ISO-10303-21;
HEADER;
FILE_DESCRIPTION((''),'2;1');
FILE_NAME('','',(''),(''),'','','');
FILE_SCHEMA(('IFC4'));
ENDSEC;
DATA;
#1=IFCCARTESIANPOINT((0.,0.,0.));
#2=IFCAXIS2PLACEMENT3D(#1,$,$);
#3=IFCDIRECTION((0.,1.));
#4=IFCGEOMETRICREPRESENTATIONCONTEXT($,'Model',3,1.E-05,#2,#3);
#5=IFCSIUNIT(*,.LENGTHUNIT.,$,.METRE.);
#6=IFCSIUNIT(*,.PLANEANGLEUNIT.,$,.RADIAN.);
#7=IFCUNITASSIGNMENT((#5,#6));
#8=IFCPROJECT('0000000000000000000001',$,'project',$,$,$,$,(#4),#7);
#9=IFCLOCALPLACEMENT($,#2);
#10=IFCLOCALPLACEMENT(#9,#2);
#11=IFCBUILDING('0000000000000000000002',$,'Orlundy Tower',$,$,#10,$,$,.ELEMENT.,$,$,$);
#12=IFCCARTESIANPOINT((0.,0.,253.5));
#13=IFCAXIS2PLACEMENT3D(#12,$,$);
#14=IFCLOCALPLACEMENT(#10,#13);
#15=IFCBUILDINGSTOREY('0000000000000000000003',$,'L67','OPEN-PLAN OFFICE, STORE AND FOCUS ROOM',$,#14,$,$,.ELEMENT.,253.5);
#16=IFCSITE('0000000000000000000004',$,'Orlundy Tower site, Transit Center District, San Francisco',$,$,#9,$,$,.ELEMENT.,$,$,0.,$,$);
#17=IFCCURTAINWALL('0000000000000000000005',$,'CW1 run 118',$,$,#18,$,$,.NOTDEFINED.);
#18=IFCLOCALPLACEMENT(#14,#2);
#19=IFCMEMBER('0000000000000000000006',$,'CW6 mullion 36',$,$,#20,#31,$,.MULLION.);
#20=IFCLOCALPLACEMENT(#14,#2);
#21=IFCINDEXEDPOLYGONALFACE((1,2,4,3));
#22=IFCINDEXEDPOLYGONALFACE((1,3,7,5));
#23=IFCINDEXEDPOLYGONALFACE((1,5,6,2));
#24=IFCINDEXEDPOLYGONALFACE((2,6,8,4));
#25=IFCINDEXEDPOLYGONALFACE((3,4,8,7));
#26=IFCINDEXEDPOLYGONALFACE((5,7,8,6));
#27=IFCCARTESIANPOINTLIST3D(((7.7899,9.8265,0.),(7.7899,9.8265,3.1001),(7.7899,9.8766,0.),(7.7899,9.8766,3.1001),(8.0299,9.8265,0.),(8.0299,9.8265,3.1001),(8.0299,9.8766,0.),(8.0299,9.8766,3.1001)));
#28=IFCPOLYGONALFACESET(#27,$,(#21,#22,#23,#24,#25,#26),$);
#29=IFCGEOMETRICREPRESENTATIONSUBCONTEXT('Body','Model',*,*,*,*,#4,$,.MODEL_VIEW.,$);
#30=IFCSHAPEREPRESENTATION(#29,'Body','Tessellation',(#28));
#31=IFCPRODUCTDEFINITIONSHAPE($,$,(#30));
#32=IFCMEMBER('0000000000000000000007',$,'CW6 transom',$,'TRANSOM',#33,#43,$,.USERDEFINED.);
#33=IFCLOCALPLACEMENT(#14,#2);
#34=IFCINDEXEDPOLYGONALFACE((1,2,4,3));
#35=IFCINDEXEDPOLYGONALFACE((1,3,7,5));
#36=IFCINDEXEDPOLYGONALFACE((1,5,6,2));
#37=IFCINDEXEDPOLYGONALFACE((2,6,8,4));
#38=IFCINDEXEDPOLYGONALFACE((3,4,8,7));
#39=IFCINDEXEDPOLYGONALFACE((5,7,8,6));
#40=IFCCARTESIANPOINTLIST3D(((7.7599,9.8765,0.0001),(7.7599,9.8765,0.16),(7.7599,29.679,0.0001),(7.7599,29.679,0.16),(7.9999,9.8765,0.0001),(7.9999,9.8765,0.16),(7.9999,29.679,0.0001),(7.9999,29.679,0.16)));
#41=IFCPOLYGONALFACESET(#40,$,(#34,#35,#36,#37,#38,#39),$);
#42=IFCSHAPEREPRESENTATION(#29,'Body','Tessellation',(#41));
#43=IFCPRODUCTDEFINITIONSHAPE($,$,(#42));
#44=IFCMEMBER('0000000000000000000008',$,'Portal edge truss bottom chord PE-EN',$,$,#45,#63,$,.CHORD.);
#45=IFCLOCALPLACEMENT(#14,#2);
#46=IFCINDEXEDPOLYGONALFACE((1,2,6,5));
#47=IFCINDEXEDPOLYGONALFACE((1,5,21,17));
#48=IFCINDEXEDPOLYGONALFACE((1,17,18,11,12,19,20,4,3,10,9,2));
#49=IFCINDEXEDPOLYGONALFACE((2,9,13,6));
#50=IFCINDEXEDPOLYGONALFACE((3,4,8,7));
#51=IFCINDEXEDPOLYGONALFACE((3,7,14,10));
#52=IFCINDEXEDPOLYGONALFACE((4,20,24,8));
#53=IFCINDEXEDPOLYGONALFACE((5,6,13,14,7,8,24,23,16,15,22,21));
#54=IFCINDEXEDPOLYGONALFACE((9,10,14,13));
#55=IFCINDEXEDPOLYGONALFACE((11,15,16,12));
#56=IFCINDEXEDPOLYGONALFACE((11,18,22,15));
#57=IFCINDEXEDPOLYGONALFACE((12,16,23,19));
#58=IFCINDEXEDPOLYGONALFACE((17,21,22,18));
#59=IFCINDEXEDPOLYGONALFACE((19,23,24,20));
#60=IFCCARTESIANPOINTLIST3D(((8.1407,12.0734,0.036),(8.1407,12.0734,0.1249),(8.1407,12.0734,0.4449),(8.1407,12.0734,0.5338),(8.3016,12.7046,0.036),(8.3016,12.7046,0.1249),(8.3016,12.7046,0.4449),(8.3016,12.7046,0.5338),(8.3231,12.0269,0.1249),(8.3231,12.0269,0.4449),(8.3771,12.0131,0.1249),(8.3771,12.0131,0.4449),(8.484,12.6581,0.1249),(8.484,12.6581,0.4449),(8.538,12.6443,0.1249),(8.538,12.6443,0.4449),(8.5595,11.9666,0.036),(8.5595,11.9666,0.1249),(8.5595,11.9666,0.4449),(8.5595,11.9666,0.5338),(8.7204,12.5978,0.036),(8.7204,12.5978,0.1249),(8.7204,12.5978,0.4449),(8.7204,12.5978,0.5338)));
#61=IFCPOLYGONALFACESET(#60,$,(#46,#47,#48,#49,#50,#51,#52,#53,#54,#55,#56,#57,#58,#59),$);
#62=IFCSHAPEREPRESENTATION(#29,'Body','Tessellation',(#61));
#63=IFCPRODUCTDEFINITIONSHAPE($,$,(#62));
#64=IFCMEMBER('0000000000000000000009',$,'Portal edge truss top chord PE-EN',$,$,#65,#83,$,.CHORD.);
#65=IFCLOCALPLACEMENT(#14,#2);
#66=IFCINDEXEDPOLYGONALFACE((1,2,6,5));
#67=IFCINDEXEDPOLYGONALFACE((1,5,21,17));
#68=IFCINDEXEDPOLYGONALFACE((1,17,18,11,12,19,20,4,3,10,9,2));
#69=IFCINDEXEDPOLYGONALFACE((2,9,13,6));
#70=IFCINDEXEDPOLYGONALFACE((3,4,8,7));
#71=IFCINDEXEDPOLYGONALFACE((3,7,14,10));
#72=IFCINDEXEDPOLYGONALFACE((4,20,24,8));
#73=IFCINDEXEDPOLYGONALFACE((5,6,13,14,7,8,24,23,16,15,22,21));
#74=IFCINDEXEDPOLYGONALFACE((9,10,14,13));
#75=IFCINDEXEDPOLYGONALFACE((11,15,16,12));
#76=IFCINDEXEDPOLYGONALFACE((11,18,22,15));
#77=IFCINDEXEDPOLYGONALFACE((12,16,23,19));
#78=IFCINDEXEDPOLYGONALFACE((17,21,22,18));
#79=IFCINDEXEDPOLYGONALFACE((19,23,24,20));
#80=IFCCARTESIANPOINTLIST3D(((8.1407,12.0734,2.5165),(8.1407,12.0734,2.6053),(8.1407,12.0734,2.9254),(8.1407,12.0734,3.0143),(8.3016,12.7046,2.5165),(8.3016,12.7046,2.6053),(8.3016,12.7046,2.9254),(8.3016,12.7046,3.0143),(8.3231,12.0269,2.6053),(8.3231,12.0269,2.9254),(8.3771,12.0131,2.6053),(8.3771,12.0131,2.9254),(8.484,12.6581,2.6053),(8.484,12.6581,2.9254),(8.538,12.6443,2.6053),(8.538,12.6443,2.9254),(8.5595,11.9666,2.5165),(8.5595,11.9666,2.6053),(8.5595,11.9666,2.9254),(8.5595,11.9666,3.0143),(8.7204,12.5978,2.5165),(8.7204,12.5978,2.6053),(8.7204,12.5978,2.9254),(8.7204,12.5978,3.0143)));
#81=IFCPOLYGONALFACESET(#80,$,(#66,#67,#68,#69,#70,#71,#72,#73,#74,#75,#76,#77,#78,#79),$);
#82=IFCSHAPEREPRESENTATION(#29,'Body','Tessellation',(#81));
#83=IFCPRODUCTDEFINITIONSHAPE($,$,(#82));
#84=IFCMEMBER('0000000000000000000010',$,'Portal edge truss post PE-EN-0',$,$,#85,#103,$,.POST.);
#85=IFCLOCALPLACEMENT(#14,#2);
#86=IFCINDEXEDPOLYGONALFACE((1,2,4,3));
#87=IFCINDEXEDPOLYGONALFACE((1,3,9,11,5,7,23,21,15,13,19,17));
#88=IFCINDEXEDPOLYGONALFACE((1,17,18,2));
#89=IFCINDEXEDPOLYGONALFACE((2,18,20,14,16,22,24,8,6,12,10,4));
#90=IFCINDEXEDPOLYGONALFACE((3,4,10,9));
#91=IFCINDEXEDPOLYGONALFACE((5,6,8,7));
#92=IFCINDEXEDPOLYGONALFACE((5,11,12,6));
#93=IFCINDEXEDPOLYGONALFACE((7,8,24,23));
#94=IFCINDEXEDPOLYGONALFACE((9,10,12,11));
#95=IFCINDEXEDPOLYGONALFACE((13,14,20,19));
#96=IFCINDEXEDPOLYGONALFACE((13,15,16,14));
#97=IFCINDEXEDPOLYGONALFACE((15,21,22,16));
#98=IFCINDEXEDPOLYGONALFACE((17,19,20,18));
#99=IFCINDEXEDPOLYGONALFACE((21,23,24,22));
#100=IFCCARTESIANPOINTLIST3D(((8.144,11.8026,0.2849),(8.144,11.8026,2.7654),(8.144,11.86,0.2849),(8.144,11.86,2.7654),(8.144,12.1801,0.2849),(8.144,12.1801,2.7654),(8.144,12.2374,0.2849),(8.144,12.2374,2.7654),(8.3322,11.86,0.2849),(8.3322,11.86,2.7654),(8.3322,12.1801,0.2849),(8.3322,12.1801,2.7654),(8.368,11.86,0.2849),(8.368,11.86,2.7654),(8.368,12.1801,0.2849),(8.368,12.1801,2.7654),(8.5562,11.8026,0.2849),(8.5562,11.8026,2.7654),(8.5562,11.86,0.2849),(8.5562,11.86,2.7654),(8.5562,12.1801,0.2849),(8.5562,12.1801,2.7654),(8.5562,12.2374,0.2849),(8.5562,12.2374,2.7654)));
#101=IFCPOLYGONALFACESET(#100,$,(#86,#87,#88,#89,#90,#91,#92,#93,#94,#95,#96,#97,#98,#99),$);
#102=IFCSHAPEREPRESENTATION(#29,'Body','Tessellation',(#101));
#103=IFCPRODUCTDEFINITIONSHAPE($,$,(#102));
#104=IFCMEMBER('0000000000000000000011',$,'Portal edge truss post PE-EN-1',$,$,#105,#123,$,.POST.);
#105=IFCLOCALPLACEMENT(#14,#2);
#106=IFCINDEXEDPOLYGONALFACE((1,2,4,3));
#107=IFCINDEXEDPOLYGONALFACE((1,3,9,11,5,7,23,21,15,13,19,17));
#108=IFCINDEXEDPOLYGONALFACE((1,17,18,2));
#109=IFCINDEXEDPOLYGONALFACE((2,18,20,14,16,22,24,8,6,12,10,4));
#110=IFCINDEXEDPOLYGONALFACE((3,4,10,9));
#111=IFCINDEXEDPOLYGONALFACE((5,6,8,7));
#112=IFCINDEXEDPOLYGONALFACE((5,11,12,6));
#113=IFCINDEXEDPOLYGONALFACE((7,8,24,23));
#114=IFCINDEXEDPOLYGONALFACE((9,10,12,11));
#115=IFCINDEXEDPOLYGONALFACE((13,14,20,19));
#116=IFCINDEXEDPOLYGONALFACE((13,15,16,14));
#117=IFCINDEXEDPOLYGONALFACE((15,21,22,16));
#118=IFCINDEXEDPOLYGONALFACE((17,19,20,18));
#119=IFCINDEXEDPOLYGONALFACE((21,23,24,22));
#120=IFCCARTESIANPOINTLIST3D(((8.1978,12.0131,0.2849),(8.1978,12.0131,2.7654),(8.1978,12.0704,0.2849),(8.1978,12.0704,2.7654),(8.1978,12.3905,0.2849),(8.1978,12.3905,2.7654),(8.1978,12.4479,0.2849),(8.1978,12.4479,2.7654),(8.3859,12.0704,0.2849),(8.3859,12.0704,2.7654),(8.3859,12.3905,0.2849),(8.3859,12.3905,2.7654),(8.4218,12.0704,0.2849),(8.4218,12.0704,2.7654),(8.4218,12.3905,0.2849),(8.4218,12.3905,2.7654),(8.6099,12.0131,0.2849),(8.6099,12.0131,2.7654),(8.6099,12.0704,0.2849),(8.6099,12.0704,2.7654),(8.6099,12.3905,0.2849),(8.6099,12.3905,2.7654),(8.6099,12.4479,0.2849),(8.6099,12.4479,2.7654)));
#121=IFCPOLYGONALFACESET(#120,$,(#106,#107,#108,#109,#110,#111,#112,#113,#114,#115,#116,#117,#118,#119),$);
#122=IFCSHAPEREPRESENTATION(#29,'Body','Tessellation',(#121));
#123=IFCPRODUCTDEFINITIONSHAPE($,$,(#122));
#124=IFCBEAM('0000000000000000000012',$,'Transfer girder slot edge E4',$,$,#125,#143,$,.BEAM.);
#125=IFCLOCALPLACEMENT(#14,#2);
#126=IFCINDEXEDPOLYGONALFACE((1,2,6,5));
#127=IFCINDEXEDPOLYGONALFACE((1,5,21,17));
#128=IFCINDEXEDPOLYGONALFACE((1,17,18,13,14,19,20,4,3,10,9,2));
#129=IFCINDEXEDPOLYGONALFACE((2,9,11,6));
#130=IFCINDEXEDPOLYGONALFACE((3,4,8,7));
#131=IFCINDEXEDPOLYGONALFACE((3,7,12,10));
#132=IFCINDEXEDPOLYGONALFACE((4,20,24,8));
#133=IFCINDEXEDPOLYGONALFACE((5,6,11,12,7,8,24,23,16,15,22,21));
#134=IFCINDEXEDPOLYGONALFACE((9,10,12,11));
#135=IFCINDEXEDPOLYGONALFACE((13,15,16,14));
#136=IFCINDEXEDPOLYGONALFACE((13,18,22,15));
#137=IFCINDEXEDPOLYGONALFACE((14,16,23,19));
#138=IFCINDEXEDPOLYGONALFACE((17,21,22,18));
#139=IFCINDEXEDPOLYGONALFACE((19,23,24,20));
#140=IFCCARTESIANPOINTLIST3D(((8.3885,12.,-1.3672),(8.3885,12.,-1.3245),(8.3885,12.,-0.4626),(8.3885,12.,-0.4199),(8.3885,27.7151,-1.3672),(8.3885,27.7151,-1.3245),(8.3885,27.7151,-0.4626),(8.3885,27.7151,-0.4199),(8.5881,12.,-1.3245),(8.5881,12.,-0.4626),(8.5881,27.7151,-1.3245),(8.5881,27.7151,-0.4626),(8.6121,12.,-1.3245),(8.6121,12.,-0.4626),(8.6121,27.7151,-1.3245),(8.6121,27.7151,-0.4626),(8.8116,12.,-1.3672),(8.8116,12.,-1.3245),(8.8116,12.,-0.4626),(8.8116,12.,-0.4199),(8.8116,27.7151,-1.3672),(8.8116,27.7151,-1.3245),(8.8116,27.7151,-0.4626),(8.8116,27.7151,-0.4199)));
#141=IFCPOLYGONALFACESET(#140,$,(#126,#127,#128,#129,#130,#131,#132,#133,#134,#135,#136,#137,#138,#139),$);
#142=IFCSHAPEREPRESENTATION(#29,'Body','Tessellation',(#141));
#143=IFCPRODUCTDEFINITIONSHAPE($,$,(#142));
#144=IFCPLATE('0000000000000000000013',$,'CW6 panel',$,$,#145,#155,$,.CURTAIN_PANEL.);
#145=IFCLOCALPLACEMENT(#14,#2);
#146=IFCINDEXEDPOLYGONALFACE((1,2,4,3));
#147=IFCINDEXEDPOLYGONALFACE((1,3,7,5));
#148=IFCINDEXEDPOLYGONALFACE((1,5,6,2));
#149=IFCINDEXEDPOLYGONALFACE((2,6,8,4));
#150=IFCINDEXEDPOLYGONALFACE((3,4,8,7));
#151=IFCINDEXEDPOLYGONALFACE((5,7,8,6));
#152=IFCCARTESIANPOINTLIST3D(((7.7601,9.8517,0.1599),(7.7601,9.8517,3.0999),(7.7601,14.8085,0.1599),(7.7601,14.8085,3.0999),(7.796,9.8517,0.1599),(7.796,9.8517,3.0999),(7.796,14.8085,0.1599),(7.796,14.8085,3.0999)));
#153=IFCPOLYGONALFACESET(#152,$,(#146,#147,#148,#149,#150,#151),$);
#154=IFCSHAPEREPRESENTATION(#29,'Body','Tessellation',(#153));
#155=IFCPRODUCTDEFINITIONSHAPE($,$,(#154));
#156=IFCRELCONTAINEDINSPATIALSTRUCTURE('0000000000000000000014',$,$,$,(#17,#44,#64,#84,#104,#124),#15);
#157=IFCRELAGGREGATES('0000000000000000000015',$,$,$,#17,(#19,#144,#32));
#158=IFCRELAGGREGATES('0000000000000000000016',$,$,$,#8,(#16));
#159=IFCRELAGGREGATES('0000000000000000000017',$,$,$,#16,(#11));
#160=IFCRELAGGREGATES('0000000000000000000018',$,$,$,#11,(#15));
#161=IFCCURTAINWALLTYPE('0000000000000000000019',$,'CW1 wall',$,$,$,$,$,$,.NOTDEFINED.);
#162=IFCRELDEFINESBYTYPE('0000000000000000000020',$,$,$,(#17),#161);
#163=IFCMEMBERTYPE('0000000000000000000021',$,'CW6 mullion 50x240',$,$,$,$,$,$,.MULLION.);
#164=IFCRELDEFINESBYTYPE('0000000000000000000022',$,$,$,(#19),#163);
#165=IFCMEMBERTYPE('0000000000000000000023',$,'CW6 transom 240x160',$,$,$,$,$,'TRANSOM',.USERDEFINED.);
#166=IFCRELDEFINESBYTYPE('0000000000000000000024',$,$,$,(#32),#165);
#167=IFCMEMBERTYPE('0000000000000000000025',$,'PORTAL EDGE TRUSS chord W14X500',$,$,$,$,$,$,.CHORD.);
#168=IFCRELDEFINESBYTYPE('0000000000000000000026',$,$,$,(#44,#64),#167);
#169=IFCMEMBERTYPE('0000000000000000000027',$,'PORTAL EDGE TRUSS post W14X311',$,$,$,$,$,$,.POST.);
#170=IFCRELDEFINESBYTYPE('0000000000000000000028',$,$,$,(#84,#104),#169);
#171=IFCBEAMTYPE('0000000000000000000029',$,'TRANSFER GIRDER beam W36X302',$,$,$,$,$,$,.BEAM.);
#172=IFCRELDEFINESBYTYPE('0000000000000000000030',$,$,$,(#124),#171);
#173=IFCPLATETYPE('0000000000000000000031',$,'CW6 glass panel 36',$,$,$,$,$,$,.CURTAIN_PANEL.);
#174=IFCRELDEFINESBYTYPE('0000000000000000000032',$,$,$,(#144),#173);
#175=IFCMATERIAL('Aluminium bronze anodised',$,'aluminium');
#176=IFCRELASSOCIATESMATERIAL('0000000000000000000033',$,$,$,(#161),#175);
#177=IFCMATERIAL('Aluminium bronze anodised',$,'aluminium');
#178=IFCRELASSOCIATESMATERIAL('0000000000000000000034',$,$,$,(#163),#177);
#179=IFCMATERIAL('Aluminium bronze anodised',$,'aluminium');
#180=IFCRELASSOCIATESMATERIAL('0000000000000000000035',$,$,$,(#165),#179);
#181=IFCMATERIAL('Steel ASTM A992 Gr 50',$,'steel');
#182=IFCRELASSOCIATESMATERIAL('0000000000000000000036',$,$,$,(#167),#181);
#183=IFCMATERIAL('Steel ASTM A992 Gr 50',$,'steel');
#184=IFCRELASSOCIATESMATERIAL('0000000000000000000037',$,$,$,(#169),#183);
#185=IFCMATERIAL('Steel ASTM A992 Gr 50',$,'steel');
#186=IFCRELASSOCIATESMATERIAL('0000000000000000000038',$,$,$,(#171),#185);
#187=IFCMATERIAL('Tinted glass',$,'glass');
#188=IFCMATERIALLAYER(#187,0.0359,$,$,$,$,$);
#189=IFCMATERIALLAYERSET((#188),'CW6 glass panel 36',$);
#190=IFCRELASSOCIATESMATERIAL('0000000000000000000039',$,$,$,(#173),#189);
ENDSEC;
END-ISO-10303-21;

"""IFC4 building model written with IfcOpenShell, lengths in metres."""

from ifc_helpers import new_model, si_unit, direction, frame, origin, origin_2d, place, context, subcontext, project, spatial, rectangle, i_section, extrude, material, layer, layer_set, material_profile, profile_set, type_object, element, aggregate, save


model = new_model("IFC4")

# Units and contexts
model_context = context("Model", 3, precision=1e-05, world=origin(), true_north=direction((0.0, 1.0)))
body_context = subcontext(model_context, "Body", "Model", "MODEL_VIEW")
ifc_project = project(units=[si_unit("LENGTHUNIT", "METRE"), si_unit("PLANEANGLEUNIT", "RADIAN")], contexts=[model_context])

# Site, building, storey
site_placement = place(None, origin())
site = spatial("IfcSite", under=ifc_project, at=site_placement, Name="Orlundy Tower site, Transit Center District, San Francisco", CompositionType="ELEMENT", RefElevation=0.0)
building_placement = place(site_placement, origin())
building = spatial("IfcBuilding", under=site, at=building_placement, Name="Orlundy Tower", CompositionType="ELEMENT")
storey_placement = place(building_placement, frame((0.0, 0.0, 253.5)))
storey = spatial("IfcBuildingStorey", under=building, at=storey_placement, Name="L67", Description="OPEN-PLAN OFFICE, STORE AND FOCUS ROOM", CompositionType="ELEMENT", Elevation=253.5)

# Curtain wall, members
ifc_material_1 = material(Name="Aluminium bronze anodised", Category="aluminium")
curtain_wall_type = type_object("IfcCurtainWallType", Name="CW1 wall", PredefinedType="NOTDEFINED", material=ifc_material_1)
curtain_wall_placement = place(storey_placement, origin())
curtain_wall = element("IfcCurtainWall", 1, at=curtain_wall_placement, inside=storey, type_object=curtain_wall_type, Name="CW1 run 118", PredefinedType="NOTDEFINED")
ifc_material_2 = material(Name="Aluminium bronze anodised", Category="aluminium")
ifc_material_profile_1 = material_profile(ifc_material_2, rectangle(XDim=0.24, YDim=0.05, at=origin_2d()), Name="CW6 mullion 50x240")
ifc_profile_set_1 = profile_set([ifc_material_profile_1], Name="Aluminium bronze anodised")
member_type_1 = type_object("IfcMemberType", Name="CW6 mullion 50x240", PredefinedType="MULLION", material=ifc_profile_set_1)
member_1_placement = place(storey_placement, frame((7.9099, 9.8516, 0.0), z_axis=(0.0, 0.0, 1.0), x_axis=(-1.0, 0.0, 0.0)))
member_1 = element("IfcMember", 2, at=member_1_placement, type_object=member_type_1, Name="CW6 mullion 36", PredefinedType="MULLION", context=body_context, shape_type="SweptSolid", body=[
    extrude(rectangle(XDim=0.24, YDim=0.05, at=origin_2d()), origin(), (0.0, 0.0, 1.0), 3.1001),
])
ifc_material_3 = material(Name="Aluminium bronze anodised", Category="aluminium")
ifc_material_profile_2 = material_profile(ifc_material_3, rectangle(XDim=0.24, YDim=0.1599, at=origin_2d()), Name="CW6 transom 240x160")
ifc_profile_set_2 = profile_set([ifc_material_profile_2], Name="Aluminium bronze anodised")
member_type_2 = type_object("IfcMemberType", Name="CW6 transom 240x160", ElementType="TRANSOM", PredefinedType="USERDEFINED", material=ifc_profile_set_2)
member_2_placement = place(storey_placement, frame((7.8799, 9.8765, 0.0801), z_axis=(0.0, 1.0, 0.0), x_axis=(-1.0, 0.0, 0.0)))
member_2 = element("IfcMember", 3, at=member_2_placement, type_object=member_type_2, Name="CW6 transom", ObjectType="TRANSOM", PredefinedType="USERDEFINED", context=body_context, shape_type="SweptSolid", body=[
    extrude(rectangle(XDim=0.24, YDim=0.1599, at=origin_2d()), origin(), (0.0, 0.0, 1.0), 19.8025),
])

# Members
ifc_material_4 = material(Name="Steel ASTM A992 Gr 50", Category="steel")
ifc_material_profile_3 = material_profile(ifc_material_4, i_section(OverallWidth=0.4321, OverallDepth=0.4978, WebThickness=0.0557, FlangeThickness=0.0889, at=origin_2d()), Name="W14X500")
ifc_profile_set_3 = profile_set([ifc_material_profile_3], Name="Steel ASTM A992 Gr 50")
member_type_3 = type_object("IfcMemberType", Name="PORTAL EDGE TRUSS chord W14X500", PredefinedType="CHORD", material=ifc_profile_set_3)
for number, where, z_axis, x_axis, name in (
    (4, (8.3501, 12.02, 0.2849), (0.247031, 0.969007, 0.0), (-0.969007, 0.247031, 0.0), "Portal edge truss bottom chord PE-EN"),
    (5, (8.3501, 12.02, 2.7654), (0.247031, 0.969007, 0.0), (-0.969007, 0.247031, 0.0), "Portal edge truss top chord PE-EN"),
):
    element("IfcMember", number, at=place(storey_placement, frame(where, z_axis=z_axis, x_axis=x_axis)), inside=storey, type_object=member_type_3, Name=name, PredefinedType="CHORD", context=body_context, shape_type="SweptSolid", body=[
        extrude(i_section(OverallWidth=0.4321, OverallDepth=0.4978, WebThickness=0.0557, FlangeThickness=0.0889, at=origin_2d()), origin(), (0.0, 0.0, 1.0), 0.6514),
    ])
ifc_material_5 = material(Name="Steel ASTM A992 Gr 50", Category="steel")
ifc_material_profile_4 = material_profile(ifc_material_5, i_section(OverallWidth=0.4121, OverallDepth=0.4348, WebThickness=0.0359, FlangeThickness=0.0574, at=origin_2d()), Name="W14X311")
ifc_profile_set_4 = profile_set([ifc_material_profile_4], Name="Steel ASTM A992 Gr 50")
member_type_4 = type_object("IfcMemberType", Name="PORTAL EDGE TRUSS post W14X311", PredefinedType="POST", material=ifc_profile_set_4)
for number, where, z_axis, x_axis, name in (
    (6, (8.3501, 12.02, 0.2849), (0.0, 0.0, 1.0), (1.0, 0.0, 0.0), "Portal edge truss post PE-EN-0"),
    (7, (8.4038, 12.2305, 0.2849), (0.0, 0.0, 1.0), (1.0, 0.0, 0.0), "Portal edge truss post PE-EN-1"),
):
    element("IfcMember", number, at=place(storey_placement, frame(where, z_axis=z_axis, x_axis=x_axis)), inside=storey, type_object=member_type_4, Name=name, PredefinedType="POST", context=body_context, shape_type="SweptSolid", body=[
        extrude(i_section(OverallWidth=0.4121, OverallDepth=0.4348, WebThickness=0.0359, FlangeThickness=0.0574, at=origin_2d()), origin(), (0.0, 0.0, 1.0), 2.4805),
    ])

# Beam
ifc_material_6 = material(Name="Steel ASTM A992 Gr 50", Category="steel")
ifc_material_profile_5 = material_profile(ifc_material_6, i_section(OverallWidth=0.4231, OverallDepth=0.9473, WebThickness=0.0239, FlangeThickness=0.0427, at=origin_2d()), Name="W36X302")
ifc_profile_set_5 = profile_set([ifc_material_profile_5], Name="Steel ASTM A992 Gr 50")
beam_type = type_object("IfcBeamType", Name="TRANSFER GIRDER beam W36X302", PredefinedType="BEAM", material=ifc_profile_set_5)
beam_placement = place(storey_placement, frame((8.6001, 12.0, -0.8936), z_axis=(0.0, 1.0, 0.0), x_axis=(-1.0, 0.0, 0.0)))
element("IfcBeam", 8, at=beam_placement, inside=storey, type_object=beam_type, Name="Transfer girder slot edge E4", PredefinedType="BEAM", context=body_context, shape_type="SweptSolid", body=[
    extrude(i_section(OverallWidth=0.4231, OverallDepth=0.9473, WebThickness=0.0239, FlangeThickness=0.0427, at=origin_2d()), origin(), (0.0, 0.0, 1.0), 15.7151),
])

# Plate
ifc_material_7 = material(Name="Tinted glass", Category="glass")
ifc_layer_1 = layer(ifc_material_7, 0.0359)
ifc_layer_set_1 = layer_set([ifc_layer_1], Name="CW6 glass panel 36")
plate_type = type_object("IfcPlateType", Name="CW6 glass panel 36", PredefinedType="CURTAIN_PANEL", material=ifc_layer_set_1)
plate_placement = place(storey_placement, frame((7.7781, 12.3301, 0.1599), z_axis=(0.0, 0.0, 1.0), x_axis=(0.0, 1.0, 0.0)))
plate = element("IfcPlate", 9, at=plate_placement, type_object=plate_type, Name="CW6 panel", PredefinedType="CURTAIN_PANEL", context=body_context, shape_type="SweptSolid", body=[
    extrude(rectangle(XDim=4.9568, YDim=0.0359, at=origin_2d()), origin(), (0.0, 0.0, 1.0), 2.9399),
])
aggregate(curtain_wall, [member_1, plate, member_2])

save(model, "model.ifc")
